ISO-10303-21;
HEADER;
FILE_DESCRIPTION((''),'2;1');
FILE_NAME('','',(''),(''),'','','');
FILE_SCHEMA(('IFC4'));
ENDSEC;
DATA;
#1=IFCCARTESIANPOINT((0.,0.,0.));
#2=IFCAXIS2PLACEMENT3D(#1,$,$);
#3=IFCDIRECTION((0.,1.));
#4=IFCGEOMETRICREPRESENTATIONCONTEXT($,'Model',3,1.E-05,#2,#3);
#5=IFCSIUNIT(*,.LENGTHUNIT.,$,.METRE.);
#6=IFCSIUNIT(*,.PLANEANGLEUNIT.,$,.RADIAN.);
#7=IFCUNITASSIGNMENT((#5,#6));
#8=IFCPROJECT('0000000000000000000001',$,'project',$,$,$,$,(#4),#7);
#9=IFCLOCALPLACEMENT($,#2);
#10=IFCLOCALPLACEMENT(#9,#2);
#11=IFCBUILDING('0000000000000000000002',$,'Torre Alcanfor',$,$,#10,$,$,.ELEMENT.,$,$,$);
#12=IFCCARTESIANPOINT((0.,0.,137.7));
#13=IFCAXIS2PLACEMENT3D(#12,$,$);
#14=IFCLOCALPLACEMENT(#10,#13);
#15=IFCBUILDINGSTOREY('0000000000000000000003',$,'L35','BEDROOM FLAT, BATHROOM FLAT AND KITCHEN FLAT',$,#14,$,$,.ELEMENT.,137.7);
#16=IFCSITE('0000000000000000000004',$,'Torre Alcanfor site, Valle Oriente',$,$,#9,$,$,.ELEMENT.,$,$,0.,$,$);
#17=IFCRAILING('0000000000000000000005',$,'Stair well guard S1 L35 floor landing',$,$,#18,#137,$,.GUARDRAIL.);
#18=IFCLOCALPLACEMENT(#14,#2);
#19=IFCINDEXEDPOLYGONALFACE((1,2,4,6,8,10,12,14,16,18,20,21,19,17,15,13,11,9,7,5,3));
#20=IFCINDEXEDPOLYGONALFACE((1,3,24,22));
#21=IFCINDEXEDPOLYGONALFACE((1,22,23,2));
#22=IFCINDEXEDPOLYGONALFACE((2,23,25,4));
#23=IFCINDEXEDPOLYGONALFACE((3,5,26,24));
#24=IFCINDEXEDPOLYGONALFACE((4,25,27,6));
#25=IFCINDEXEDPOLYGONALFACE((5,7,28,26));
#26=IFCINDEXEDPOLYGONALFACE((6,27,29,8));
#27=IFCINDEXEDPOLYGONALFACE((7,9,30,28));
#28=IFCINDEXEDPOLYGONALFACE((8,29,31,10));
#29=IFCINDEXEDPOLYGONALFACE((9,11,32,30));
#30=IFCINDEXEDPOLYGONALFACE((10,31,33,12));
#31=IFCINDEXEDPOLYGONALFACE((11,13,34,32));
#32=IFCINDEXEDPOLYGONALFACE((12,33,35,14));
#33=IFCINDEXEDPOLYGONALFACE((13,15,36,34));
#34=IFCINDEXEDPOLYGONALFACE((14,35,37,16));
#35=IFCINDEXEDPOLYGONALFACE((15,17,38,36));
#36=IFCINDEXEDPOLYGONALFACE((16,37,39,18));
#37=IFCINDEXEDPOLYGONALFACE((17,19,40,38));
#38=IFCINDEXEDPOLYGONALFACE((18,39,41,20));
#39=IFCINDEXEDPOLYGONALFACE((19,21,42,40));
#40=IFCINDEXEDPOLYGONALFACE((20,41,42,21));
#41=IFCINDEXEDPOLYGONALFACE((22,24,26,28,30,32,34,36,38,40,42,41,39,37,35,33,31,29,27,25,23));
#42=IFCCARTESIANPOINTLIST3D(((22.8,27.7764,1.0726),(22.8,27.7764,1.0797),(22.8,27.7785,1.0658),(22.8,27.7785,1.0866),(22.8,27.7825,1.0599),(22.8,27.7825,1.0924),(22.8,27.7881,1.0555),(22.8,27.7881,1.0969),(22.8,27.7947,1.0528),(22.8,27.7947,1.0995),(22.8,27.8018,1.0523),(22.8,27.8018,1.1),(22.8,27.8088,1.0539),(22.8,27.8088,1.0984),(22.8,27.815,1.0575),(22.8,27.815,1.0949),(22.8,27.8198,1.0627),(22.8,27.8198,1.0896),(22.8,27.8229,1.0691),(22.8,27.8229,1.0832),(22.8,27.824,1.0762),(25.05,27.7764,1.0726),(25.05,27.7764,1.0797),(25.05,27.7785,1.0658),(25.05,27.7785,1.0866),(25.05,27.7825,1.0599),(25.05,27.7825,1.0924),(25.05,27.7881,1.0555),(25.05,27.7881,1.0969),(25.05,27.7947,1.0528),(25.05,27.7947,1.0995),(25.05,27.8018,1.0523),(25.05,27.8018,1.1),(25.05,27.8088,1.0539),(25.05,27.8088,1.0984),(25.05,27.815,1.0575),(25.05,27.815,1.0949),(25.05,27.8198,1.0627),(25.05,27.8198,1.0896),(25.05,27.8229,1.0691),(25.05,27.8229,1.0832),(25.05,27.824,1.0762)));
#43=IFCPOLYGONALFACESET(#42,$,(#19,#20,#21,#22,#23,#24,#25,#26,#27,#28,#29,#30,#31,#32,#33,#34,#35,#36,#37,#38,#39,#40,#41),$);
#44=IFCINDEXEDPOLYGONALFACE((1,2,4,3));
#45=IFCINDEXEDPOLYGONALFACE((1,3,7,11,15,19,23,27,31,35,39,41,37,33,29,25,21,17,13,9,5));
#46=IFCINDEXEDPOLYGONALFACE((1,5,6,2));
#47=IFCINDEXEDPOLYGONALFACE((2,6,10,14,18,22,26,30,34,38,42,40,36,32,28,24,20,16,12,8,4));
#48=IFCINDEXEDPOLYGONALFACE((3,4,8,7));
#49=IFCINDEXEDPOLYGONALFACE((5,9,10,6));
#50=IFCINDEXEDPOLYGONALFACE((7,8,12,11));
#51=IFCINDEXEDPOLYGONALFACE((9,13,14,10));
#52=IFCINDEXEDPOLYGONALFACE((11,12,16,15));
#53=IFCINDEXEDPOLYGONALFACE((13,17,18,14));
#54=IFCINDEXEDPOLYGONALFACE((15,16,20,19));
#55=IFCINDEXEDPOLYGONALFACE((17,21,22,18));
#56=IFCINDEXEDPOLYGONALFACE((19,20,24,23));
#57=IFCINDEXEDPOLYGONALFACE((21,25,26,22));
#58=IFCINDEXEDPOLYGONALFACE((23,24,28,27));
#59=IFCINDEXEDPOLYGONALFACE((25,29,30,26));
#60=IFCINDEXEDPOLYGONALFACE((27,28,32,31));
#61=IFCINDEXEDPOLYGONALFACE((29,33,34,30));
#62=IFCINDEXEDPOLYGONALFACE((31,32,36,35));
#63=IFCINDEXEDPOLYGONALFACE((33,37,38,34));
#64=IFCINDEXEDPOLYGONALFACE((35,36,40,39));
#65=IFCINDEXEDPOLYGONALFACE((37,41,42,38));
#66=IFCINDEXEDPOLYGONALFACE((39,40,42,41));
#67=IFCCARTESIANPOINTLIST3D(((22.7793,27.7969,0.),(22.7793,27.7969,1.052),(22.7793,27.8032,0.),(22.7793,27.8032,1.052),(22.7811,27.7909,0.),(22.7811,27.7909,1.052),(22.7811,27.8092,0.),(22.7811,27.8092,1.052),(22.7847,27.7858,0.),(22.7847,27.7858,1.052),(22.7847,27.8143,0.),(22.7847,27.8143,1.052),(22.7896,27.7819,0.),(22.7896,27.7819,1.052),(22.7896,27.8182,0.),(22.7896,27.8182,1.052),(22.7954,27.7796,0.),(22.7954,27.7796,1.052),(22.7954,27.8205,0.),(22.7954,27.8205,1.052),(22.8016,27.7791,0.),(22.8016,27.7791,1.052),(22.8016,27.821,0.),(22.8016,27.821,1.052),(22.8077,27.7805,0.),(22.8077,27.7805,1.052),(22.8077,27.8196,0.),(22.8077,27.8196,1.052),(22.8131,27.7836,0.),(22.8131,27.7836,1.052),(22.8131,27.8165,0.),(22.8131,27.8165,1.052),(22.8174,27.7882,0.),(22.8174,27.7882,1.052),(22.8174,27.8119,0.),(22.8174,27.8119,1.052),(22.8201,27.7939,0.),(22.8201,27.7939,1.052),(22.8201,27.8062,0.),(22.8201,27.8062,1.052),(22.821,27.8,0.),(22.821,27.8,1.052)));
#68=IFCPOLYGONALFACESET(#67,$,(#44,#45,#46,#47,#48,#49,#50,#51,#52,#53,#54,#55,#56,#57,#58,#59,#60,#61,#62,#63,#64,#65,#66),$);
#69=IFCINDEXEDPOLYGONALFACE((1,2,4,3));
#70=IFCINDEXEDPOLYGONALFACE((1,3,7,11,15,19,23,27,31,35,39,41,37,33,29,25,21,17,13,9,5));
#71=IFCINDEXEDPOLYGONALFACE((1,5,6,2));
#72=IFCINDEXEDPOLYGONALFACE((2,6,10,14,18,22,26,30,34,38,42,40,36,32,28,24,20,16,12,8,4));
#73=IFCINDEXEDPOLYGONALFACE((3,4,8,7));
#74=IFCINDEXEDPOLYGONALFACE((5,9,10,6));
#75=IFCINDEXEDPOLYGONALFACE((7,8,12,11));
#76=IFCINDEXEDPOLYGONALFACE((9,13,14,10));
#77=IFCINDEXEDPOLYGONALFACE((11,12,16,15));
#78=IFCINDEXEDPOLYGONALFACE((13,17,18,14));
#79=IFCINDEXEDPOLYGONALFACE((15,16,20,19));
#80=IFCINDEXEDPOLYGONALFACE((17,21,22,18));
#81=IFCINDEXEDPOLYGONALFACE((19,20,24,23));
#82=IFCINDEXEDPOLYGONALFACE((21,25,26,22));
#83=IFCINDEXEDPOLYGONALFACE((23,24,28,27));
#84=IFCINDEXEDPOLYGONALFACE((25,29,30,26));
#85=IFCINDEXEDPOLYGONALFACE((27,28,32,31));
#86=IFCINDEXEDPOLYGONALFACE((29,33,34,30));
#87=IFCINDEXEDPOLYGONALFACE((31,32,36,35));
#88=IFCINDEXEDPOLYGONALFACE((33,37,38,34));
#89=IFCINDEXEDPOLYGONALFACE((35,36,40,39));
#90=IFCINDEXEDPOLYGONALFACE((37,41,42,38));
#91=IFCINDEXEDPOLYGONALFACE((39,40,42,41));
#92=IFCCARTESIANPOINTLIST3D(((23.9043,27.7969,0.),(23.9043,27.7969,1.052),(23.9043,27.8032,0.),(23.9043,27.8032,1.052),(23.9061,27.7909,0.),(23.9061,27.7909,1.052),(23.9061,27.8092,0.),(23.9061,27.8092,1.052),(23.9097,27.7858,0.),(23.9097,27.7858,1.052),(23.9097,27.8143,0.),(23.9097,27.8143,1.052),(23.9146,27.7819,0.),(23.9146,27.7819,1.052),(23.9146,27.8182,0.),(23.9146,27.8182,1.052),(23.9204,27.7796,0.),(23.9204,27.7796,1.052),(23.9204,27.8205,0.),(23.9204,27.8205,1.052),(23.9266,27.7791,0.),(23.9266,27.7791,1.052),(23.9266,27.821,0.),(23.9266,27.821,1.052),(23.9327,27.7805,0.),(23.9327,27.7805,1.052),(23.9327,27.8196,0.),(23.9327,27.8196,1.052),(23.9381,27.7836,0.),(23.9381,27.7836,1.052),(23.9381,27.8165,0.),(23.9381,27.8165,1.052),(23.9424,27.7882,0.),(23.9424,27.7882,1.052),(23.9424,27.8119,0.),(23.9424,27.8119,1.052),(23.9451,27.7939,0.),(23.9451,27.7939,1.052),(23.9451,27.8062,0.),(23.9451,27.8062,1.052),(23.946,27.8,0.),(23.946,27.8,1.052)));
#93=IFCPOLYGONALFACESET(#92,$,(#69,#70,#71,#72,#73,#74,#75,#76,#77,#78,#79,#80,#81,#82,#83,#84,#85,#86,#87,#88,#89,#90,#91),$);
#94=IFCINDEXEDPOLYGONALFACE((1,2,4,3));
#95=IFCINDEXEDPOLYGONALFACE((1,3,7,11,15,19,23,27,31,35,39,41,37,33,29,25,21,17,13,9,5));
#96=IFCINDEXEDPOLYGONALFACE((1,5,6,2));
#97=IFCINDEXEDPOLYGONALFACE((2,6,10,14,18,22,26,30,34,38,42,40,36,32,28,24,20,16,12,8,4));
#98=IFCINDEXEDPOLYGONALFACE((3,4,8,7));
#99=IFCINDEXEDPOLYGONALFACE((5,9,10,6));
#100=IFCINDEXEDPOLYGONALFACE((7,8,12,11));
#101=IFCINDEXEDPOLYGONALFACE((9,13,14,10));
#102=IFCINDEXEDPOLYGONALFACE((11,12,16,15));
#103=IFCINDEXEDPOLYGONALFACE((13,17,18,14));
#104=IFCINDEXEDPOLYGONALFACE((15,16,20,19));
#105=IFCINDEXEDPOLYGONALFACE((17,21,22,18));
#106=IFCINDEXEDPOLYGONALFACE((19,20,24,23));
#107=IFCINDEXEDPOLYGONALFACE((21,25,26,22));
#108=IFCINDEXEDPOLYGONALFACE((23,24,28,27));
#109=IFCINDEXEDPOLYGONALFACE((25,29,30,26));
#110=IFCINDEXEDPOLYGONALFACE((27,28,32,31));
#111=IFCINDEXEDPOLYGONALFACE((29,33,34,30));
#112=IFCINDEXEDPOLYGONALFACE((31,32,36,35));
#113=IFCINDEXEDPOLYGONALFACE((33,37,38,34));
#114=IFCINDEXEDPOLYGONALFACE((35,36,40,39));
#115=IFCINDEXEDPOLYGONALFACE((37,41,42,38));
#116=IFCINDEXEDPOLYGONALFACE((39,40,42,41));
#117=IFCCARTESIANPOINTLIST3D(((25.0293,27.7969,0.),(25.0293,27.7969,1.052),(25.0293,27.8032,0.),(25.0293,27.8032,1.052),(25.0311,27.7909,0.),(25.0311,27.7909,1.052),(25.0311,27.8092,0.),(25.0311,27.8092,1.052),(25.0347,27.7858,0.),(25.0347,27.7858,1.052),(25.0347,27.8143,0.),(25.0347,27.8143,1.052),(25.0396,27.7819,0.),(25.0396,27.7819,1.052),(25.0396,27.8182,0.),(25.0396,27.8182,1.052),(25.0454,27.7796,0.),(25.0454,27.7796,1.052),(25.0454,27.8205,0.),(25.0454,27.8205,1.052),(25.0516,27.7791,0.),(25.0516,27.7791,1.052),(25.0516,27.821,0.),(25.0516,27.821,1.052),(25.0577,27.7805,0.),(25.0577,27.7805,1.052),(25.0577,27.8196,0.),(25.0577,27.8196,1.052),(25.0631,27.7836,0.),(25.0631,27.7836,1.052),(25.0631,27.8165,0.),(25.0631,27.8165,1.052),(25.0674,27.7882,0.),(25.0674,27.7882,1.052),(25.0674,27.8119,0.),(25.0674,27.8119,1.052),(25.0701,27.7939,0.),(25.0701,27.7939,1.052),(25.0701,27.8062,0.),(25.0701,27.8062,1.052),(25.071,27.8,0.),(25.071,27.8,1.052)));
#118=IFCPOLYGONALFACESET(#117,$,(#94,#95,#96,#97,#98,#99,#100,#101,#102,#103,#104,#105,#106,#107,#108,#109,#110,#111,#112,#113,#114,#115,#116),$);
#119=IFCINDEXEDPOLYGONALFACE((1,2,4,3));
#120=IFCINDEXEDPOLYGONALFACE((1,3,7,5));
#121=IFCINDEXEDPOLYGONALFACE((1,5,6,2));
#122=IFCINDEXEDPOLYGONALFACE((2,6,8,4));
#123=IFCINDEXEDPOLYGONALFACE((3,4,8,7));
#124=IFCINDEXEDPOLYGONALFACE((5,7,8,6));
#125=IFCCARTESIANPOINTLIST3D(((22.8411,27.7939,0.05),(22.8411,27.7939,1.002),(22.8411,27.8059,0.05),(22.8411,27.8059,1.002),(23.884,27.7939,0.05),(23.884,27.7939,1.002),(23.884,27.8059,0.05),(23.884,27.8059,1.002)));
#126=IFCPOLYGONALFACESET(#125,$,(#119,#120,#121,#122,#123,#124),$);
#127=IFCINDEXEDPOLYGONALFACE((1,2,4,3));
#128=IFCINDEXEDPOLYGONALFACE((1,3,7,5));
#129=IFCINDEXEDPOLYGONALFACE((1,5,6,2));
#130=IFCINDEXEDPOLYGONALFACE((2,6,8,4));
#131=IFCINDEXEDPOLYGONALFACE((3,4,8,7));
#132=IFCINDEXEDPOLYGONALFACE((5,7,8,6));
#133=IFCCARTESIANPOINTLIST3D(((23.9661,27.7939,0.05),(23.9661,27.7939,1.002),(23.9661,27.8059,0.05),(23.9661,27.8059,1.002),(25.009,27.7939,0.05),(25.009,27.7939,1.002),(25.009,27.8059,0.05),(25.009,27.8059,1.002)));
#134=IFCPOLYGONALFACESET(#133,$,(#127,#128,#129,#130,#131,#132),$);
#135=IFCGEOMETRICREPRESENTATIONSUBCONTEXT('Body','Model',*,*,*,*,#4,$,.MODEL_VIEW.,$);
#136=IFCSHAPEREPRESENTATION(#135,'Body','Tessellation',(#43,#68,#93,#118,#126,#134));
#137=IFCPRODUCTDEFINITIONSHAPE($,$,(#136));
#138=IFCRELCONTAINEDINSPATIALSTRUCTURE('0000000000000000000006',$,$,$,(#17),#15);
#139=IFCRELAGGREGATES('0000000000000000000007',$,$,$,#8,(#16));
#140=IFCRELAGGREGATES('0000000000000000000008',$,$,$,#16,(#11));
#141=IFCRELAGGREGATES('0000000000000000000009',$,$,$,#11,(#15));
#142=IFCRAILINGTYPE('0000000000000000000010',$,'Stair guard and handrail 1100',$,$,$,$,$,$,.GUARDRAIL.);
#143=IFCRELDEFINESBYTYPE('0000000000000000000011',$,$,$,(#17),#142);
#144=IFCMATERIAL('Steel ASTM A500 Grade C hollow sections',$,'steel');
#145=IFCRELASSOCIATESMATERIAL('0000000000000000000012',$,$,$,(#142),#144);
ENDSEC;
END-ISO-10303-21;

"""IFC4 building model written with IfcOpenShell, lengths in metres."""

from ifc_helpers import new_model, si_unit, direction, frame, origin, origin_2d, place, context, subcontext, project, spatial, polyline, circle, outline, extrude, material, type_object, element, save


model = new_model("IFC4")

# Units and contexts
model_context = context("Model", 3, precision=1e-05, world=origin(), true_north=direction((0.0, 1.0)))
body_context = subcontext(model_context, "Body", "Model", "MODEL_VIEW")
ifc_project = project(units=[si_unit("LENGTHUNIT", "METRE"), si_unit("PLANEANGLEUNIT", "RADIAN")], contexts=[model_context])

# Site, building, storey
site_placement = place(None, origin())
site = spatial("IfcSite", under=ifc_project, at=site_placement, Name="Torre Alcanfor site, Valle Oriente", CompositionType="ELEMENT", RefElevation=0.0)
building_placement = place(site_placement, origin())
building = spatial("IfcBuilding", under=site, at=building_placement, Name="Torre Alcanfor", CompositionType="ELEMENT")
storey_placement = place(building_placement, frame((0.0, 0.0, 137.7)))
storey = spatial("IfcBuildingStorey", under=building, at=storey_placement, Name="L35", Description="BEDROOM FLAT, BATHROOM FLAT AND KITCHEN FLAT", CompositionType="ELEMENT", Elevation=137.7)

# Railing
ifc_material_1 = material(Name="Steel ASTM A500 Grade C hollow sections", Category="steel")
railing_type_1 = type_object("IfcRailingType", Name="Stair guard and handrail 1100", PredefinedType="GUARDRAIL", material=ifc_material_1)
railing_1_placement = place(storey_placement, frame((22.8, 27.8, 0.0)))
element("IfcRailing", 1, at=railing_1_placement, inside=storey, type_object=railing_type_1, Name="Stair well guard S1 L35 floor landing", PredefinedType="GUARDRAIL", context=body_context, shape_type="SweptSolid", body=[
    extrude(circle(Radius=0.0239, at=origin_2d()), frame((0.0, 0.0, 1.0762), z_axis=(1.0, 0.0, 0.0), x_axis=(0.0, 1.0, 0.0)), (0.0, 0.0, 1.0), 2.25),
    extrude(circle(Radius=0.021, at=origin_2d()), origin(), (0.0, 0.0, 1.0), 1.052),
    extrude(circle(Radius=0.021, at=origin_2d()), frame((1.125, 0.0, 0.0)), (0.0, 0.0, 1.0), 1.052),
    extrude(circle(Radius=0.021, at=origin_2d()), frame((2.25, 0.0, 0.0)), (0.0, 0.0, 1.0), 1.052),
    extrude(outline(polyline([(0.041, 0.05), (1.084, 0.05), (1.084, 1.002), (0.041, 1.002), (0.041, 0.05)])), frame((0.0, 0.0059, 0.0), z_axis=(0.0, -1.0, 0.0), x_axis=(1.0, 0.0, 0.0)), (0.0, 0.0, 1.0), 0.012),
    extrude(outline(polyline([(1.166, 0.05), (2.209, 0.05), (2.209, 1.002), (1.166, 1.002), (1.166, 0.05)])), frame((0.0, 0.0059, 0.0), z_axis=(0.0, -1.0, 0.0), x_axis=(1.0, 0.0, 0.0)), (0.0, 0.0, 1.0), 0.012),
])

save(model, "model.ifc")
